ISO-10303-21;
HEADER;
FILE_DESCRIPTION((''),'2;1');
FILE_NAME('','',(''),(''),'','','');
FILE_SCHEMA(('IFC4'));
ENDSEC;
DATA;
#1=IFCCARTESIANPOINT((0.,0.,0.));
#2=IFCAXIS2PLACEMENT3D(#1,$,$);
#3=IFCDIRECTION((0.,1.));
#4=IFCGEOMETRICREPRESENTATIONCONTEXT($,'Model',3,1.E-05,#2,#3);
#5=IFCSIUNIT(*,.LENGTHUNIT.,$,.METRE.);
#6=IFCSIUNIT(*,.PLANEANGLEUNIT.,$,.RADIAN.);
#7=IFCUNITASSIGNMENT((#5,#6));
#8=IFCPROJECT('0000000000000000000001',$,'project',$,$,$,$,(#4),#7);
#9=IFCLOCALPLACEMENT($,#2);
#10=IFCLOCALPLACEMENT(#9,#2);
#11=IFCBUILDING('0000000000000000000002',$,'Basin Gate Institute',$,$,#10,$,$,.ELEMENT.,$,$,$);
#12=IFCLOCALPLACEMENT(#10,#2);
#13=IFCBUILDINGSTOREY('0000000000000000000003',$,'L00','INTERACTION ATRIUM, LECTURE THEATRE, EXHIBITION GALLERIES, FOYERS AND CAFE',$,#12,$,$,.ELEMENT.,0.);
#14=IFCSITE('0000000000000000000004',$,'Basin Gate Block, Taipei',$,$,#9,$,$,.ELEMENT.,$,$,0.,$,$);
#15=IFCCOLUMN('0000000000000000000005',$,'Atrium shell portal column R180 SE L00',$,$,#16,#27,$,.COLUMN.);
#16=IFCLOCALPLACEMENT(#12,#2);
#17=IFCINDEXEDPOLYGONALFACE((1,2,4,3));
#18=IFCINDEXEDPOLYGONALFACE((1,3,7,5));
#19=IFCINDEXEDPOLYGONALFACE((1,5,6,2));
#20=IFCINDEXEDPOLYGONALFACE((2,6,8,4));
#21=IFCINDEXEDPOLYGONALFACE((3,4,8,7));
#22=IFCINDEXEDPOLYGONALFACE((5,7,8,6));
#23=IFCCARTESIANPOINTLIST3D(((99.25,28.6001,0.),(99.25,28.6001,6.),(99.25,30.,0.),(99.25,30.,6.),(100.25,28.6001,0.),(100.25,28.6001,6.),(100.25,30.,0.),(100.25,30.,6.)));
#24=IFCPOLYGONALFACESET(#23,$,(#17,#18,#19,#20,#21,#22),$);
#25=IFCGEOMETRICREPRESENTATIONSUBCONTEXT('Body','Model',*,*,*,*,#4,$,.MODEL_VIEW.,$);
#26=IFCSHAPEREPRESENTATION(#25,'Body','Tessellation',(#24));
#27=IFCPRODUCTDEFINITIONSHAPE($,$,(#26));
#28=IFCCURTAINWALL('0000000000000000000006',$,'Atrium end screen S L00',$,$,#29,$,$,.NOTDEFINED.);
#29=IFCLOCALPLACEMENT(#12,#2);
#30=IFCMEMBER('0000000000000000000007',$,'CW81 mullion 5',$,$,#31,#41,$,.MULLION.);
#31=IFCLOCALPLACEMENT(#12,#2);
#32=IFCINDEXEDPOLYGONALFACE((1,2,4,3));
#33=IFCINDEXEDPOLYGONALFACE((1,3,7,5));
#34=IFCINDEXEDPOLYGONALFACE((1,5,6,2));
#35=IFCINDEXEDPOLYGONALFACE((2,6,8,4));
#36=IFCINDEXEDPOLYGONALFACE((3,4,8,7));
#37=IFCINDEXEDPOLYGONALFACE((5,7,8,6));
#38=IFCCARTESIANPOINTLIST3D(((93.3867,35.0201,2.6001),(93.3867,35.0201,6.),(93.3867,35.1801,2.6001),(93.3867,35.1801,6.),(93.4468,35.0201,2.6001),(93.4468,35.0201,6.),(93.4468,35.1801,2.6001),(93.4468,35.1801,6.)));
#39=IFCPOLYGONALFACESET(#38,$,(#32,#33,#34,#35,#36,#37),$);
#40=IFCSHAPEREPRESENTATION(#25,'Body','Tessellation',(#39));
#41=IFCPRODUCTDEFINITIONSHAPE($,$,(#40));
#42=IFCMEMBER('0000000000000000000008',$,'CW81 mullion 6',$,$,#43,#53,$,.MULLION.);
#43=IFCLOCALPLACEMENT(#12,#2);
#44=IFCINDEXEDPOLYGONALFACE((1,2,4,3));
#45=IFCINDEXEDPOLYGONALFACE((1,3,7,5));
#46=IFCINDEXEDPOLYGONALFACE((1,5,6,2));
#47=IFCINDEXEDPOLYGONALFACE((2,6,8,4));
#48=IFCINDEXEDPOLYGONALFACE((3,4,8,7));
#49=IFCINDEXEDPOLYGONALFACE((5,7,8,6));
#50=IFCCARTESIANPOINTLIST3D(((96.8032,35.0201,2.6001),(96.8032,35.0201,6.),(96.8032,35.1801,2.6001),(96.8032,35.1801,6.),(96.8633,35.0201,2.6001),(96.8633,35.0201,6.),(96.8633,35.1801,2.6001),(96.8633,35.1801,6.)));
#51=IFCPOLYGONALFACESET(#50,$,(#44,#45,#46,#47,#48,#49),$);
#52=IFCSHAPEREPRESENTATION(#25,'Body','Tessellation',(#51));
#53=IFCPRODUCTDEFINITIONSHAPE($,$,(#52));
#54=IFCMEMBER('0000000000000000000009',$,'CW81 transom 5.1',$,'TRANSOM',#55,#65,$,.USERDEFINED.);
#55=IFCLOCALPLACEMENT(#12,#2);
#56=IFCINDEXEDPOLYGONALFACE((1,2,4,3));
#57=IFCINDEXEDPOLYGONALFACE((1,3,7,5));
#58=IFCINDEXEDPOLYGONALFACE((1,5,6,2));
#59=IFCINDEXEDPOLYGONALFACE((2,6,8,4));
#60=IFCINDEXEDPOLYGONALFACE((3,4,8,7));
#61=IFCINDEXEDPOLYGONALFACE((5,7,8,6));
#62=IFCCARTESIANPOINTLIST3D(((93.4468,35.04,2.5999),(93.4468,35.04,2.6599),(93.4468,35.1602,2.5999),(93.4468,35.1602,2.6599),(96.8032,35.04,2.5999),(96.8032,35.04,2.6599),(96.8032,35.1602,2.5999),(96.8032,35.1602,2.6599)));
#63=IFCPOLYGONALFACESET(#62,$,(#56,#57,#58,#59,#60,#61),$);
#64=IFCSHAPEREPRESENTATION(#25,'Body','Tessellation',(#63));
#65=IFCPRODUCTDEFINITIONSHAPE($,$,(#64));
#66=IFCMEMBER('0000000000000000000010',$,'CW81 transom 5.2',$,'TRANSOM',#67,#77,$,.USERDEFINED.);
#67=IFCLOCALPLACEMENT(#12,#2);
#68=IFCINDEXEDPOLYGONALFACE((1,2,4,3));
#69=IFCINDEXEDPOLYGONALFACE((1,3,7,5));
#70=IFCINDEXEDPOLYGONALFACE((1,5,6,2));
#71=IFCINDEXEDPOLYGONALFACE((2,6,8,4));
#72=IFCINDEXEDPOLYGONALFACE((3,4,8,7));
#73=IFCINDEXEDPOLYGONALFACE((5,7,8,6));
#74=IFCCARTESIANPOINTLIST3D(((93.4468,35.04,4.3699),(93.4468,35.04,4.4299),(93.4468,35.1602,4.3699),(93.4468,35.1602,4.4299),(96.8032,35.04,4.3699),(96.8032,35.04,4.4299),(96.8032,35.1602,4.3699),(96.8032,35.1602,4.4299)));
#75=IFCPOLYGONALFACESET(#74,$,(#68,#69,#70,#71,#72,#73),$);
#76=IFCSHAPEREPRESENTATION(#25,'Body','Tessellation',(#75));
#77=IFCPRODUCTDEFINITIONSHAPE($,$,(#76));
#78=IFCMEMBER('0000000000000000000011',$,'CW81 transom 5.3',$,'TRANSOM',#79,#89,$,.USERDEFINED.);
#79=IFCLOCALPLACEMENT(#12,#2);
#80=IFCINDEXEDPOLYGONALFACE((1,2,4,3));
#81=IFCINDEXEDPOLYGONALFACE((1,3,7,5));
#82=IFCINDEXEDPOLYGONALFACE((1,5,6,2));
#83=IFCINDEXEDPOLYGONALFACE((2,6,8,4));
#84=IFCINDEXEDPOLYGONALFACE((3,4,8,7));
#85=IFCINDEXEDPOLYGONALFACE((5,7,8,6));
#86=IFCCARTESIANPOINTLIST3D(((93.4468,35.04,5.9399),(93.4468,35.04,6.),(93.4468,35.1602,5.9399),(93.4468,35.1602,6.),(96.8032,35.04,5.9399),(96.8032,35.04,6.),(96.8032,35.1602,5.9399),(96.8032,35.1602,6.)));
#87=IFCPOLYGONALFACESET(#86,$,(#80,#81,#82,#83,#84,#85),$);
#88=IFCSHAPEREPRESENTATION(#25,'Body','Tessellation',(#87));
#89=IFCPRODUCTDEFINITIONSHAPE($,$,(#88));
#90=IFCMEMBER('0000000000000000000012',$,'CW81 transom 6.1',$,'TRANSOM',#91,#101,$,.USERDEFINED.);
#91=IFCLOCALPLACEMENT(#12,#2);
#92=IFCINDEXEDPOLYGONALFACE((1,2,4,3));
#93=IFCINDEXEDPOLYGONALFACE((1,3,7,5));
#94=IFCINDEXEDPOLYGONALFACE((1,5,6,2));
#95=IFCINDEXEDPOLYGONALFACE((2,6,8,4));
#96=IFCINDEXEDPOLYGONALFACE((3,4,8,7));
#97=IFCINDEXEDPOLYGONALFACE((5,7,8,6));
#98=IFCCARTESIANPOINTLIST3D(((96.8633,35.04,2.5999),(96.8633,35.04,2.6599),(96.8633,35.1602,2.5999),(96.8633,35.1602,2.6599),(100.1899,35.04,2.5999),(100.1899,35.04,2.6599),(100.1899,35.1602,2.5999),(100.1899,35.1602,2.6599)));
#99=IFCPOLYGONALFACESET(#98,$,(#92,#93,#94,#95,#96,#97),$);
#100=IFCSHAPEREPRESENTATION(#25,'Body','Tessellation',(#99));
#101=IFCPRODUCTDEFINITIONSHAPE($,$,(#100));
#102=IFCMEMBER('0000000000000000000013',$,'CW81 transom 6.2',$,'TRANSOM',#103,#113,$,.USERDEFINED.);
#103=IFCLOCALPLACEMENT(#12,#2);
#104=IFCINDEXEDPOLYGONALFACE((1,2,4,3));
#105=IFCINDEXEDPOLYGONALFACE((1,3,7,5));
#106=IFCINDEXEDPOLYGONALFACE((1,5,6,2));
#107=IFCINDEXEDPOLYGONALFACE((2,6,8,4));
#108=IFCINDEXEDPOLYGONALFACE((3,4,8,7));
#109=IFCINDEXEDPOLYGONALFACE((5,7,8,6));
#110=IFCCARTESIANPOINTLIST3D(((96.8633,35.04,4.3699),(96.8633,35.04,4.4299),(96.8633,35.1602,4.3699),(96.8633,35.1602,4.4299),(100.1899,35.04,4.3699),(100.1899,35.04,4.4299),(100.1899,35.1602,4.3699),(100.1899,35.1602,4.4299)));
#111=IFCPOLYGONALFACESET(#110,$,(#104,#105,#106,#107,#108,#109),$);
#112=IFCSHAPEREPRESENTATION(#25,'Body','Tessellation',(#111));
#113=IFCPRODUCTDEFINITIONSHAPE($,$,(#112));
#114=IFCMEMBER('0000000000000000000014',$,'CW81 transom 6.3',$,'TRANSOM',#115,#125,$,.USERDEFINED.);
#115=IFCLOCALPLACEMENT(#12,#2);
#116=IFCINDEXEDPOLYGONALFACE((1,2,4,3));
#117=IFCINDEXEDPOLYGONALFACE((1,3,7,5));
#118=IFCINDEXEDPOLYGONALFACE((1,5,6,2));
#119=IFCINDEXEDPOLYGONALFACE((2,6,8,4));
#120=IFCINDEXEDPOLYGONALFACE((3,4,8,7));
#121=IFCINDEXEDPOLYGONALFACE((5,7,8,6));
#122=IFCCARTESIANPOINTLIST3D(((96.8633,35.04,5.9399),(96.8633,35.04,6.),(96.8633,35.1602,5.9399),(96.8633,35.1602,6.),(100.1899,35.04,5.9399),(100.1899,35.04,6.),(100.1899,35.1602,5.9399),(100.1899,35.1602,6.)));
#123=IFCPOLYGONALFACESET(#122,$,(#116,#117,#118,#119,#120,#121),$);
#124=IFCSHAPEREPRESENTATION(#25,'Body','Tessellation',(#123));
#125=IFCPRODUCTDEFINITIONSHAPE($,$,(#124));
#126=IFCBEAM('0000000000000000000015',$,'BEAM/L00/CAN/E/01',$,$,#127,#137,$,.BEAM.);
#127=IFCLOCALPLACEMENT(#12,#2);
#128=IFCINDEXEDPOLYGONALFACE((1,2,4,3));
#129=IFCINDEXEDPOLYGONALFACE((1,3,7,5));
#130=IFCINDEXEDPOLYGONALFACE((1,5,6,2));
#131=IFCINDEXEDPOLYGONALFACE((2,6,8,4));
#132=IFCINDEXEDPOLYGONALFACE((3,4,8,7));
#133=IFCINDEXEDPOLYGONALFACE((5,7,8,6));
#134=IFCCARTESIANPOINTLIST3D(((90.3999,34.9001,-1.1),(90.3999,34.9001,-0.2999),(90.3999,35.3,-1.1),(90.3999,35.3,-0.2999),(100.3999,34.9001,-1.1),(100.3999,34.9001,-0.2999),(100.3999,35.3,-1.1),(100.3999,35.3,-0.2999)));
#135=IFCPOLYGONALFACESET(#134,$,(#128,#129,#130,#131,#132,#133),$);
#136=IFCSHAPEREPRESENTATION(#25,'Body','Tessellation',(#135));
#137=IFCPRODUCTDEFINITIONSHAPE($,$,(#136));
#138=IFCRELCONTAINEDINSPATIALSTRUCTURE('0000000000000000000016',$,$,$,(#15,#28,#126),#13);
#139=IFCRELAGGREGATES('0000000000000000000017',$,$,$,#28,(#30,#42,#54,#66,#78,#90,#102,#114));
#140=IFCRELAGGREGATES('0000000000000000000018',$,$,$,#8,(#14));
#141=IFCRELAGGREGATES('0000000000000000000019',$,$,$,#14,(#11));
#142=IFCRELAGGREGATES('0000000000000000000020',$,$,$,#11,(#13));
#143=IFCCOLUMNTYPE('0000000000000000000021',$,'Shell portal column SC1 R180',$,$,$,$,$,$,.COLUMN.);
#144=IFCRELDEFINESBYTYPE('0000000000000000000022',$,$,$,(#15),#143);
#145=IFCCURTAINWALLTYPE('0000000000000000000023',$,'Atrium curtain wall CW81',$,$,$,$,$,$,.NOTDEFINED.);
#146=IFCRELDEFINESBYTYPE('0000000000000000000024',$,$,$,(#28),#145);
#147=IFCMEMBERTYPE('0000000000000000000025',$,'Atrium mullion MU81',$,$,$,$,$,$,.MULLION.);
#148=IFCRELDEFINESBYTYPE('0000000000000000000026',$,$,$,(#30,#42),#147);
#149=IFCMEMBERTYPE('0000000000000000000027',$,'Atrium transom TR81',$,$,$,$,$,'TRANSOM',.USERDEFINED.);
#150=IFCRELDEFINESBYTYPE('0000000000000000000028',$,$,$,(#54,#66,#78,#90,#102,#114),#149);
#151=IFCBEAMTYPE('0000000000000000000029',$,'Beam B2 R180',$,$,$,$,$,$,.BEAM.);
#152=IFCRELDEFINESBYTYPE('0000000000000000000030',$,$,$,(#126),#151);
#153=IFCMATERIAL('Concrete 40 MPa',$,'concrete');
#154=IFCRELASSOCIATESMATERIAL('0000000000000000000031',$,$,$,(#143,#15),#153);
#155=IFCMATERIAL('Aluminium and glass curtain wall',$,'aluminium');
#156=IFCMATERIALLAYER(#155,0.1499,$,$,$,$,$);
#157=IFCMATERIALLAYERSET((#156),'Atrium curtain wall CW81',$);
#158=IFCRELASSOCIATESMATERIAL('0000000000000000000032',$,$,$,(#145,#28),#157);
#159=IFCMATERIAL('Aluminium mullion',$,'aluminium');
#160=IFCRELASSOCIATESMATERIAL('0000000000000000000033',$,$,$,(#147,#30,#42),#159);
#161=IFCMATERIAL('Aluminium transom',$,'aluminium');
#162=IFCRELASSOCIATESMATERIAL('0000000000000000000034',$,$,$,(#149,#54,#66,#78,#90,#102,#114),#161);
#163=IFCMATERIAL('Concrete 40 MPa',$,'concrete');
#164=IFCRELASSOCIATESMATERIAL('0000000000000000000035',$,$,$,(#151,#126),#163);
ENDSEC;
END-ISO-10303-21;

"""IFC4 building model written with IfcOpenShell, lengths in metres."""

from ifc_helpers import new_model, si_unit, direction, frame, origin, origin_2d, place, context, subcontext, project, spatial, rectangle, extrude, material, layer, layer_set, material_profile, profile_set, type_object, element, aggregate, save


model = new_model("IFC4")

# Units and contexts
model_context = context("Model", 3, precision=1e-05, world=origin(), true_north=direction((0.0, 1.0)))
body_context = subcontext(model_context, "Body", "Model", "MODEL_VIEW")
ifc_project = project(units=[si_unit("LENGTHUNIT", "METRE"), si_unit("PLANEANGLEUNIT", "RADIAN")], contexts=[model_context])

# Site, building, storey
site_placement = place(None, origin())
site = spatial("IfcSite", under=ifc_project, at=site_placement, Name="Basin Gate Block, Taipei", CompositionType="ELEMENT", RefElevation=0.0)
building_placement = place(site_placement, origin())
building = spatial("IfcBuilding", under=site, at=building_placement, Name="Basin Gate Institute", CompositionType="ELEMENT")
storey_placement = place(building_placement, origin())
storey = spatial("IfcBuildingStorey", under=building, at=storey_placement, Name="L00", Description="INTERACTION ATRIUM, LECTURE THEATRE, EXHIBITION GALLERIES, FOYERS AND CAFE", CompositionType="ELEMENT", Elevation=0.0)

# Column
ifc_material_1 = material(Name="Concrete 40 MPa", Category="concrete")
ifc_material_profile_1 = material_profile(ifc_material_1, rectangle(XDim=1.0, YDim=1.3999, at=origin_2d()), Name="Shell portal column SC1 1000 x 1400")
ifc_profile_set_1 = profile_set([ifc_material_profile_1], Name="Concrete 40 MPa")
column_type = type_object("IfcColumnType", Name="Shell portal column SC1 R180", PredefinedType="COLUMN", material=ifc_profile_set_1)
column_placement = place(storey_placement, frame((99.75, 29.3, 0.0), z_axis=(0.0, 0.0, 1.0), x_axis=(1.0, 0.0, 0.0)))
element("IfcColumn", 1, at=column_placement, inside=storey, type_object=column_type, material=ifc_profile_set_1, Name="Atrium shell portal column R180 SE L00", PredefinedType="COLUMN", context=body_context, shape_type="SweptSolid", body=[
    extrude(rectangle(XDim=1.0, YDim=1.3999, at=origin_2d()), origin(), (0.0, 0.0, 1.0), 6.0),
])

# Curtain wall, members
ifc_material_2 = material(Name="Aluminium and glass curtain wall", Category="aluminium")
ifc_layer_1 = layer(ifc_material_2, 0.1499)
ifc_layer_set_1 = layer_set([ifc_layer_1], Name="Atrium curtain wall CW81")
curtain_wall_type = type_object("IfcCurtainWallType", Name="Atrium curtain wall CW81", PredefinedType="NOTDEFINED", material=ifc_layer_set_1)
curtain_wall_placement = place(storey_placement, origin())
curtain_wall = element("IfcCurtainWall", 2, at=curtain_wall_placement, inside=storey, type_object=curtain_wall_type, material=ifc_layer_set_1, Name="Atrium end screen S L00", PredefinedType="NOTDEFINED")
ifc_material_3 = material(Name="Aluminium mullion", Category="aluminium")
ifc_material_profile_2 = material_profile(ifc_material_3, rectangle(XDim=0.1599, YDim=0.0601, at=origin_2d()), Name="Atrium mullion MU81 160 x 60")
ifc_profile_set_2 = profile_set([ifc_material_profile_2], Name="Aluminium mullion")
member_type_1 = type_object("IfcMemberType", Name="Atrium mullion MU81", PredefinedType="MULLION", material=ifc_profile_set_2)
member_1_placement = place(storey_placement, frame((93.4167, 35.1001, 2.6001), z_axis=(0.0, 0.0, 1.0), x_axis=(0.0, 1.0, 0.0)))
member_1 = element("IfcMember", 3, at=member_1_placement, type_object=member_type_1, material=ifc_profile_set_2, Name="CW81 mullion 5", PredefinedType="MULLION", context=body_context, shape_type="SweptSolid", body=[
    extrude(rectangle(XDim=0.1599, YDim=0.0601, at=origin_2d()), origin(), (0.0, 0.0, 1.0), 3.3999),
])
member_2_placement = place(storey_placement, frame((96.8333, 35.1001, 2.6001), z_axis=(0.0, 0.0, 1.0), x_axis=(0.0, 1.0, 0.0)))
member_2 = element("IfcMember", 4, at=member_2_placement, type_object=member_type_1, material=ifc_profile_set_2, Name="CW81 mullion 6", PredefinedType="MULLION", context=body_context, shape_type="SweptSolid", body=[
    extrude(rectangle(XDim=0.1599, YDim=0.0601, at=origin_2d()), origin(), (0.0, 0.0, 1.0), 3.3999),
])
ifc_material_4 = material(Name="Aluminium transom", Category="aluminium")
ifc_material_profile_3 = material_profile(ifc_material_4, rectangle(XDim=0.1201, YDim=0.0601, at=origin_2d()), Name="Atrium transom TR81 120 x 60")
ifc_profile_set_3 = profile_set([ifc_material_profile_3], Name="Aluminium transom")
member_type_2 = type_object("IfcMemberType", Name="Atrium transom TR81", ElementType="TRANSOM", PredefinedType="USERDEFINED", material=ifc_profile_set_3)
member_3_placement = place(storey_placement, frame((93.4468, 35.1001, 2.6299), z_axis=(1.0, 0.0, 0.0), x_axis=(0.0, 1.0, 0.0)))
member_3 = element("IfcMember", 5, at=member_3_placement, type_object=member_type_2, material=ifc_profile_set_3, Name="CW81 transom 5.1", ObjectType="TRANSOM", PredefinedType="USERDEFINED", context=body_context, shape_type="SweptSolid", body=[
    extrude(rectangle(XDim=0.1201, YDim=0.0601, at=origin_2d()), origin(), (0.0, 0.0, 1.0), 3.3564),
])
member_4_placement = place(storey_placement, frame((93.4468, 35.1001, 4.3999), z_axis=(1.0, 0.0, 0.0), x_axis=(0.0, 1.0, 0.0)))
member_4 = element("IfcMember", 6, at=member_4_placement, type_object=member_type_2, material=ifc_profile_set_3, Name="CW81 transom 5.2", ObjectType="TRANSOM", PredefinedType="USERDEFINED", context=body_context, shape_type="SweptSolid", body=[
    extrude(rectangle(XDim=0.1201, YDim=0.0601, at=origin_2d()), origin(), (0.0, 0.0, 1.0), 3.3564),
])
member_5_placement = place(storey_placement, frame((93.4468, 35.1001, 5.97), z_axis=(1.0, 0.0, 0.0), x_axis=(0.0, 1.0, 0.0)))
member_5 = element("IfcMember", 7, at=member_5_placement, type_object=member_type_2, material=ifc_profile_set_3, Name="CW81 transom 5.3", ObjectType="TRANSOM", PredefinedType="USERDEFINED", context=body_context, shape_type="SweptSolid", body=[
    extrude(rectangle(XDim=0.1201, YDim=0.0601, at=origin_2d()), origin(), (0.0, 0.0, 1.0), 3.3564),
])
member_6_placement = place(storey_placement, frame((96.8633, 35.1001, 2.6299), z_axis=(1.0, 0.0, 0.0), x_axis=(0.0, 1.0, 0.0)))
member_6 = element("IfcMember", 8, at=member_6_placement, type_object=member_type_2, material=ifc_profile_set_3, Name="CW81 transom 6.1", ObjectType="TRANSOM", PredefinedType="USERDEFINED", context=body_context, shape_type="SweptSolid", body=[
    extrude(rectangle(XDim=0.1201, YDim=0.0601, at=origin_2d()), origin(), (0.0, 0.0, 1.0), 3.3267),
])
member_7_placement = place(storey_placement, frame((96.8633, 35.1001, 4.3999), z_axis=(1.0, 0.0, 0.0), x_axis=(0.0, 1.0, 0.0)))
member_7 = element("IfcMember", 9, at=member_7_placement, type_object=member_type_2, material=ifc_profile_set_3, Name="CW81 transom 6.2", ObjectType="TRANSOM", PredefinedType="USERDEFINED", context=body_context, shape_type="SweptSolid", body=[
    extrude(rectangle(XDim=0.1201, YDim=0.0601, at=origin_2d()), origin(), (0.0, 0.0, 1.0), 3.3267),
])
member_8_placement = place(storey_placement, frame((96.8633, 35.1001, 5.97), z_axis=(1.0, 0.0, 0.0), x_axis=(0.0, 1.0, 0.0)))
member_8 = element("IfcMember", 10, at=member_8_placement, type_object=member_type_2, material=ifc_profile_set_3, Name="CW81 transom 6.3", ObjectType="TRANSOM", PredefinedType="USERDEFINED", context=body_context, shape_type="SweptSolid", body=[
    extrude(rectangle(XDim=0.1201, YDim=0.0601, at=origin_2d()), origin(), (0.0, 0.0, 1.0), 3.3267),
])

# Beam
ifc_material_5 = material(Name="Concrete 40 MPa", Category="concrete")
ifc_material_profile_4 = material_profile(ifc_material_5, rectangle(XDim=0.3999, YDim=0.8, at=origin_2d()), Name="Beam B2 400 x 800")
ifc_profile_set_4 = profile_set([ifc_material_profile_4], Name="Concrete 40 MPa")
beam_type = type_object("IfcBeamType", Name="Beam B2 R180", PredefinedType="BEAM", material=ifc_profile_set_4)
beam_placement = place(storey_placement, frame((90.3999, 35.1001, -0.7), z_axis=(1.0, 0.0, 0.0), x_axis=(0.0, 1.0, 0.0)))
element("IfcBeam", 11, at=beam_placement, inside=storey, type_object=beam_type, material=ifc_profile_set_4, Name="BEAM/L00/CAN/E/01", PredefinedType="BEAM", context=body_context, shape_type="SweptSolid", body=[
    extrude(rectangle(XDim=0.3999, YDim=0.8, at=origin_2d()), origin(), (0.0, 0.0, 1.0), 10.0),
])

aggregate(curtain_wall, [member_1, member_2, member_3, member_4, member_5, member_6, member_7, member_8])

save(model, "model.ifc")
